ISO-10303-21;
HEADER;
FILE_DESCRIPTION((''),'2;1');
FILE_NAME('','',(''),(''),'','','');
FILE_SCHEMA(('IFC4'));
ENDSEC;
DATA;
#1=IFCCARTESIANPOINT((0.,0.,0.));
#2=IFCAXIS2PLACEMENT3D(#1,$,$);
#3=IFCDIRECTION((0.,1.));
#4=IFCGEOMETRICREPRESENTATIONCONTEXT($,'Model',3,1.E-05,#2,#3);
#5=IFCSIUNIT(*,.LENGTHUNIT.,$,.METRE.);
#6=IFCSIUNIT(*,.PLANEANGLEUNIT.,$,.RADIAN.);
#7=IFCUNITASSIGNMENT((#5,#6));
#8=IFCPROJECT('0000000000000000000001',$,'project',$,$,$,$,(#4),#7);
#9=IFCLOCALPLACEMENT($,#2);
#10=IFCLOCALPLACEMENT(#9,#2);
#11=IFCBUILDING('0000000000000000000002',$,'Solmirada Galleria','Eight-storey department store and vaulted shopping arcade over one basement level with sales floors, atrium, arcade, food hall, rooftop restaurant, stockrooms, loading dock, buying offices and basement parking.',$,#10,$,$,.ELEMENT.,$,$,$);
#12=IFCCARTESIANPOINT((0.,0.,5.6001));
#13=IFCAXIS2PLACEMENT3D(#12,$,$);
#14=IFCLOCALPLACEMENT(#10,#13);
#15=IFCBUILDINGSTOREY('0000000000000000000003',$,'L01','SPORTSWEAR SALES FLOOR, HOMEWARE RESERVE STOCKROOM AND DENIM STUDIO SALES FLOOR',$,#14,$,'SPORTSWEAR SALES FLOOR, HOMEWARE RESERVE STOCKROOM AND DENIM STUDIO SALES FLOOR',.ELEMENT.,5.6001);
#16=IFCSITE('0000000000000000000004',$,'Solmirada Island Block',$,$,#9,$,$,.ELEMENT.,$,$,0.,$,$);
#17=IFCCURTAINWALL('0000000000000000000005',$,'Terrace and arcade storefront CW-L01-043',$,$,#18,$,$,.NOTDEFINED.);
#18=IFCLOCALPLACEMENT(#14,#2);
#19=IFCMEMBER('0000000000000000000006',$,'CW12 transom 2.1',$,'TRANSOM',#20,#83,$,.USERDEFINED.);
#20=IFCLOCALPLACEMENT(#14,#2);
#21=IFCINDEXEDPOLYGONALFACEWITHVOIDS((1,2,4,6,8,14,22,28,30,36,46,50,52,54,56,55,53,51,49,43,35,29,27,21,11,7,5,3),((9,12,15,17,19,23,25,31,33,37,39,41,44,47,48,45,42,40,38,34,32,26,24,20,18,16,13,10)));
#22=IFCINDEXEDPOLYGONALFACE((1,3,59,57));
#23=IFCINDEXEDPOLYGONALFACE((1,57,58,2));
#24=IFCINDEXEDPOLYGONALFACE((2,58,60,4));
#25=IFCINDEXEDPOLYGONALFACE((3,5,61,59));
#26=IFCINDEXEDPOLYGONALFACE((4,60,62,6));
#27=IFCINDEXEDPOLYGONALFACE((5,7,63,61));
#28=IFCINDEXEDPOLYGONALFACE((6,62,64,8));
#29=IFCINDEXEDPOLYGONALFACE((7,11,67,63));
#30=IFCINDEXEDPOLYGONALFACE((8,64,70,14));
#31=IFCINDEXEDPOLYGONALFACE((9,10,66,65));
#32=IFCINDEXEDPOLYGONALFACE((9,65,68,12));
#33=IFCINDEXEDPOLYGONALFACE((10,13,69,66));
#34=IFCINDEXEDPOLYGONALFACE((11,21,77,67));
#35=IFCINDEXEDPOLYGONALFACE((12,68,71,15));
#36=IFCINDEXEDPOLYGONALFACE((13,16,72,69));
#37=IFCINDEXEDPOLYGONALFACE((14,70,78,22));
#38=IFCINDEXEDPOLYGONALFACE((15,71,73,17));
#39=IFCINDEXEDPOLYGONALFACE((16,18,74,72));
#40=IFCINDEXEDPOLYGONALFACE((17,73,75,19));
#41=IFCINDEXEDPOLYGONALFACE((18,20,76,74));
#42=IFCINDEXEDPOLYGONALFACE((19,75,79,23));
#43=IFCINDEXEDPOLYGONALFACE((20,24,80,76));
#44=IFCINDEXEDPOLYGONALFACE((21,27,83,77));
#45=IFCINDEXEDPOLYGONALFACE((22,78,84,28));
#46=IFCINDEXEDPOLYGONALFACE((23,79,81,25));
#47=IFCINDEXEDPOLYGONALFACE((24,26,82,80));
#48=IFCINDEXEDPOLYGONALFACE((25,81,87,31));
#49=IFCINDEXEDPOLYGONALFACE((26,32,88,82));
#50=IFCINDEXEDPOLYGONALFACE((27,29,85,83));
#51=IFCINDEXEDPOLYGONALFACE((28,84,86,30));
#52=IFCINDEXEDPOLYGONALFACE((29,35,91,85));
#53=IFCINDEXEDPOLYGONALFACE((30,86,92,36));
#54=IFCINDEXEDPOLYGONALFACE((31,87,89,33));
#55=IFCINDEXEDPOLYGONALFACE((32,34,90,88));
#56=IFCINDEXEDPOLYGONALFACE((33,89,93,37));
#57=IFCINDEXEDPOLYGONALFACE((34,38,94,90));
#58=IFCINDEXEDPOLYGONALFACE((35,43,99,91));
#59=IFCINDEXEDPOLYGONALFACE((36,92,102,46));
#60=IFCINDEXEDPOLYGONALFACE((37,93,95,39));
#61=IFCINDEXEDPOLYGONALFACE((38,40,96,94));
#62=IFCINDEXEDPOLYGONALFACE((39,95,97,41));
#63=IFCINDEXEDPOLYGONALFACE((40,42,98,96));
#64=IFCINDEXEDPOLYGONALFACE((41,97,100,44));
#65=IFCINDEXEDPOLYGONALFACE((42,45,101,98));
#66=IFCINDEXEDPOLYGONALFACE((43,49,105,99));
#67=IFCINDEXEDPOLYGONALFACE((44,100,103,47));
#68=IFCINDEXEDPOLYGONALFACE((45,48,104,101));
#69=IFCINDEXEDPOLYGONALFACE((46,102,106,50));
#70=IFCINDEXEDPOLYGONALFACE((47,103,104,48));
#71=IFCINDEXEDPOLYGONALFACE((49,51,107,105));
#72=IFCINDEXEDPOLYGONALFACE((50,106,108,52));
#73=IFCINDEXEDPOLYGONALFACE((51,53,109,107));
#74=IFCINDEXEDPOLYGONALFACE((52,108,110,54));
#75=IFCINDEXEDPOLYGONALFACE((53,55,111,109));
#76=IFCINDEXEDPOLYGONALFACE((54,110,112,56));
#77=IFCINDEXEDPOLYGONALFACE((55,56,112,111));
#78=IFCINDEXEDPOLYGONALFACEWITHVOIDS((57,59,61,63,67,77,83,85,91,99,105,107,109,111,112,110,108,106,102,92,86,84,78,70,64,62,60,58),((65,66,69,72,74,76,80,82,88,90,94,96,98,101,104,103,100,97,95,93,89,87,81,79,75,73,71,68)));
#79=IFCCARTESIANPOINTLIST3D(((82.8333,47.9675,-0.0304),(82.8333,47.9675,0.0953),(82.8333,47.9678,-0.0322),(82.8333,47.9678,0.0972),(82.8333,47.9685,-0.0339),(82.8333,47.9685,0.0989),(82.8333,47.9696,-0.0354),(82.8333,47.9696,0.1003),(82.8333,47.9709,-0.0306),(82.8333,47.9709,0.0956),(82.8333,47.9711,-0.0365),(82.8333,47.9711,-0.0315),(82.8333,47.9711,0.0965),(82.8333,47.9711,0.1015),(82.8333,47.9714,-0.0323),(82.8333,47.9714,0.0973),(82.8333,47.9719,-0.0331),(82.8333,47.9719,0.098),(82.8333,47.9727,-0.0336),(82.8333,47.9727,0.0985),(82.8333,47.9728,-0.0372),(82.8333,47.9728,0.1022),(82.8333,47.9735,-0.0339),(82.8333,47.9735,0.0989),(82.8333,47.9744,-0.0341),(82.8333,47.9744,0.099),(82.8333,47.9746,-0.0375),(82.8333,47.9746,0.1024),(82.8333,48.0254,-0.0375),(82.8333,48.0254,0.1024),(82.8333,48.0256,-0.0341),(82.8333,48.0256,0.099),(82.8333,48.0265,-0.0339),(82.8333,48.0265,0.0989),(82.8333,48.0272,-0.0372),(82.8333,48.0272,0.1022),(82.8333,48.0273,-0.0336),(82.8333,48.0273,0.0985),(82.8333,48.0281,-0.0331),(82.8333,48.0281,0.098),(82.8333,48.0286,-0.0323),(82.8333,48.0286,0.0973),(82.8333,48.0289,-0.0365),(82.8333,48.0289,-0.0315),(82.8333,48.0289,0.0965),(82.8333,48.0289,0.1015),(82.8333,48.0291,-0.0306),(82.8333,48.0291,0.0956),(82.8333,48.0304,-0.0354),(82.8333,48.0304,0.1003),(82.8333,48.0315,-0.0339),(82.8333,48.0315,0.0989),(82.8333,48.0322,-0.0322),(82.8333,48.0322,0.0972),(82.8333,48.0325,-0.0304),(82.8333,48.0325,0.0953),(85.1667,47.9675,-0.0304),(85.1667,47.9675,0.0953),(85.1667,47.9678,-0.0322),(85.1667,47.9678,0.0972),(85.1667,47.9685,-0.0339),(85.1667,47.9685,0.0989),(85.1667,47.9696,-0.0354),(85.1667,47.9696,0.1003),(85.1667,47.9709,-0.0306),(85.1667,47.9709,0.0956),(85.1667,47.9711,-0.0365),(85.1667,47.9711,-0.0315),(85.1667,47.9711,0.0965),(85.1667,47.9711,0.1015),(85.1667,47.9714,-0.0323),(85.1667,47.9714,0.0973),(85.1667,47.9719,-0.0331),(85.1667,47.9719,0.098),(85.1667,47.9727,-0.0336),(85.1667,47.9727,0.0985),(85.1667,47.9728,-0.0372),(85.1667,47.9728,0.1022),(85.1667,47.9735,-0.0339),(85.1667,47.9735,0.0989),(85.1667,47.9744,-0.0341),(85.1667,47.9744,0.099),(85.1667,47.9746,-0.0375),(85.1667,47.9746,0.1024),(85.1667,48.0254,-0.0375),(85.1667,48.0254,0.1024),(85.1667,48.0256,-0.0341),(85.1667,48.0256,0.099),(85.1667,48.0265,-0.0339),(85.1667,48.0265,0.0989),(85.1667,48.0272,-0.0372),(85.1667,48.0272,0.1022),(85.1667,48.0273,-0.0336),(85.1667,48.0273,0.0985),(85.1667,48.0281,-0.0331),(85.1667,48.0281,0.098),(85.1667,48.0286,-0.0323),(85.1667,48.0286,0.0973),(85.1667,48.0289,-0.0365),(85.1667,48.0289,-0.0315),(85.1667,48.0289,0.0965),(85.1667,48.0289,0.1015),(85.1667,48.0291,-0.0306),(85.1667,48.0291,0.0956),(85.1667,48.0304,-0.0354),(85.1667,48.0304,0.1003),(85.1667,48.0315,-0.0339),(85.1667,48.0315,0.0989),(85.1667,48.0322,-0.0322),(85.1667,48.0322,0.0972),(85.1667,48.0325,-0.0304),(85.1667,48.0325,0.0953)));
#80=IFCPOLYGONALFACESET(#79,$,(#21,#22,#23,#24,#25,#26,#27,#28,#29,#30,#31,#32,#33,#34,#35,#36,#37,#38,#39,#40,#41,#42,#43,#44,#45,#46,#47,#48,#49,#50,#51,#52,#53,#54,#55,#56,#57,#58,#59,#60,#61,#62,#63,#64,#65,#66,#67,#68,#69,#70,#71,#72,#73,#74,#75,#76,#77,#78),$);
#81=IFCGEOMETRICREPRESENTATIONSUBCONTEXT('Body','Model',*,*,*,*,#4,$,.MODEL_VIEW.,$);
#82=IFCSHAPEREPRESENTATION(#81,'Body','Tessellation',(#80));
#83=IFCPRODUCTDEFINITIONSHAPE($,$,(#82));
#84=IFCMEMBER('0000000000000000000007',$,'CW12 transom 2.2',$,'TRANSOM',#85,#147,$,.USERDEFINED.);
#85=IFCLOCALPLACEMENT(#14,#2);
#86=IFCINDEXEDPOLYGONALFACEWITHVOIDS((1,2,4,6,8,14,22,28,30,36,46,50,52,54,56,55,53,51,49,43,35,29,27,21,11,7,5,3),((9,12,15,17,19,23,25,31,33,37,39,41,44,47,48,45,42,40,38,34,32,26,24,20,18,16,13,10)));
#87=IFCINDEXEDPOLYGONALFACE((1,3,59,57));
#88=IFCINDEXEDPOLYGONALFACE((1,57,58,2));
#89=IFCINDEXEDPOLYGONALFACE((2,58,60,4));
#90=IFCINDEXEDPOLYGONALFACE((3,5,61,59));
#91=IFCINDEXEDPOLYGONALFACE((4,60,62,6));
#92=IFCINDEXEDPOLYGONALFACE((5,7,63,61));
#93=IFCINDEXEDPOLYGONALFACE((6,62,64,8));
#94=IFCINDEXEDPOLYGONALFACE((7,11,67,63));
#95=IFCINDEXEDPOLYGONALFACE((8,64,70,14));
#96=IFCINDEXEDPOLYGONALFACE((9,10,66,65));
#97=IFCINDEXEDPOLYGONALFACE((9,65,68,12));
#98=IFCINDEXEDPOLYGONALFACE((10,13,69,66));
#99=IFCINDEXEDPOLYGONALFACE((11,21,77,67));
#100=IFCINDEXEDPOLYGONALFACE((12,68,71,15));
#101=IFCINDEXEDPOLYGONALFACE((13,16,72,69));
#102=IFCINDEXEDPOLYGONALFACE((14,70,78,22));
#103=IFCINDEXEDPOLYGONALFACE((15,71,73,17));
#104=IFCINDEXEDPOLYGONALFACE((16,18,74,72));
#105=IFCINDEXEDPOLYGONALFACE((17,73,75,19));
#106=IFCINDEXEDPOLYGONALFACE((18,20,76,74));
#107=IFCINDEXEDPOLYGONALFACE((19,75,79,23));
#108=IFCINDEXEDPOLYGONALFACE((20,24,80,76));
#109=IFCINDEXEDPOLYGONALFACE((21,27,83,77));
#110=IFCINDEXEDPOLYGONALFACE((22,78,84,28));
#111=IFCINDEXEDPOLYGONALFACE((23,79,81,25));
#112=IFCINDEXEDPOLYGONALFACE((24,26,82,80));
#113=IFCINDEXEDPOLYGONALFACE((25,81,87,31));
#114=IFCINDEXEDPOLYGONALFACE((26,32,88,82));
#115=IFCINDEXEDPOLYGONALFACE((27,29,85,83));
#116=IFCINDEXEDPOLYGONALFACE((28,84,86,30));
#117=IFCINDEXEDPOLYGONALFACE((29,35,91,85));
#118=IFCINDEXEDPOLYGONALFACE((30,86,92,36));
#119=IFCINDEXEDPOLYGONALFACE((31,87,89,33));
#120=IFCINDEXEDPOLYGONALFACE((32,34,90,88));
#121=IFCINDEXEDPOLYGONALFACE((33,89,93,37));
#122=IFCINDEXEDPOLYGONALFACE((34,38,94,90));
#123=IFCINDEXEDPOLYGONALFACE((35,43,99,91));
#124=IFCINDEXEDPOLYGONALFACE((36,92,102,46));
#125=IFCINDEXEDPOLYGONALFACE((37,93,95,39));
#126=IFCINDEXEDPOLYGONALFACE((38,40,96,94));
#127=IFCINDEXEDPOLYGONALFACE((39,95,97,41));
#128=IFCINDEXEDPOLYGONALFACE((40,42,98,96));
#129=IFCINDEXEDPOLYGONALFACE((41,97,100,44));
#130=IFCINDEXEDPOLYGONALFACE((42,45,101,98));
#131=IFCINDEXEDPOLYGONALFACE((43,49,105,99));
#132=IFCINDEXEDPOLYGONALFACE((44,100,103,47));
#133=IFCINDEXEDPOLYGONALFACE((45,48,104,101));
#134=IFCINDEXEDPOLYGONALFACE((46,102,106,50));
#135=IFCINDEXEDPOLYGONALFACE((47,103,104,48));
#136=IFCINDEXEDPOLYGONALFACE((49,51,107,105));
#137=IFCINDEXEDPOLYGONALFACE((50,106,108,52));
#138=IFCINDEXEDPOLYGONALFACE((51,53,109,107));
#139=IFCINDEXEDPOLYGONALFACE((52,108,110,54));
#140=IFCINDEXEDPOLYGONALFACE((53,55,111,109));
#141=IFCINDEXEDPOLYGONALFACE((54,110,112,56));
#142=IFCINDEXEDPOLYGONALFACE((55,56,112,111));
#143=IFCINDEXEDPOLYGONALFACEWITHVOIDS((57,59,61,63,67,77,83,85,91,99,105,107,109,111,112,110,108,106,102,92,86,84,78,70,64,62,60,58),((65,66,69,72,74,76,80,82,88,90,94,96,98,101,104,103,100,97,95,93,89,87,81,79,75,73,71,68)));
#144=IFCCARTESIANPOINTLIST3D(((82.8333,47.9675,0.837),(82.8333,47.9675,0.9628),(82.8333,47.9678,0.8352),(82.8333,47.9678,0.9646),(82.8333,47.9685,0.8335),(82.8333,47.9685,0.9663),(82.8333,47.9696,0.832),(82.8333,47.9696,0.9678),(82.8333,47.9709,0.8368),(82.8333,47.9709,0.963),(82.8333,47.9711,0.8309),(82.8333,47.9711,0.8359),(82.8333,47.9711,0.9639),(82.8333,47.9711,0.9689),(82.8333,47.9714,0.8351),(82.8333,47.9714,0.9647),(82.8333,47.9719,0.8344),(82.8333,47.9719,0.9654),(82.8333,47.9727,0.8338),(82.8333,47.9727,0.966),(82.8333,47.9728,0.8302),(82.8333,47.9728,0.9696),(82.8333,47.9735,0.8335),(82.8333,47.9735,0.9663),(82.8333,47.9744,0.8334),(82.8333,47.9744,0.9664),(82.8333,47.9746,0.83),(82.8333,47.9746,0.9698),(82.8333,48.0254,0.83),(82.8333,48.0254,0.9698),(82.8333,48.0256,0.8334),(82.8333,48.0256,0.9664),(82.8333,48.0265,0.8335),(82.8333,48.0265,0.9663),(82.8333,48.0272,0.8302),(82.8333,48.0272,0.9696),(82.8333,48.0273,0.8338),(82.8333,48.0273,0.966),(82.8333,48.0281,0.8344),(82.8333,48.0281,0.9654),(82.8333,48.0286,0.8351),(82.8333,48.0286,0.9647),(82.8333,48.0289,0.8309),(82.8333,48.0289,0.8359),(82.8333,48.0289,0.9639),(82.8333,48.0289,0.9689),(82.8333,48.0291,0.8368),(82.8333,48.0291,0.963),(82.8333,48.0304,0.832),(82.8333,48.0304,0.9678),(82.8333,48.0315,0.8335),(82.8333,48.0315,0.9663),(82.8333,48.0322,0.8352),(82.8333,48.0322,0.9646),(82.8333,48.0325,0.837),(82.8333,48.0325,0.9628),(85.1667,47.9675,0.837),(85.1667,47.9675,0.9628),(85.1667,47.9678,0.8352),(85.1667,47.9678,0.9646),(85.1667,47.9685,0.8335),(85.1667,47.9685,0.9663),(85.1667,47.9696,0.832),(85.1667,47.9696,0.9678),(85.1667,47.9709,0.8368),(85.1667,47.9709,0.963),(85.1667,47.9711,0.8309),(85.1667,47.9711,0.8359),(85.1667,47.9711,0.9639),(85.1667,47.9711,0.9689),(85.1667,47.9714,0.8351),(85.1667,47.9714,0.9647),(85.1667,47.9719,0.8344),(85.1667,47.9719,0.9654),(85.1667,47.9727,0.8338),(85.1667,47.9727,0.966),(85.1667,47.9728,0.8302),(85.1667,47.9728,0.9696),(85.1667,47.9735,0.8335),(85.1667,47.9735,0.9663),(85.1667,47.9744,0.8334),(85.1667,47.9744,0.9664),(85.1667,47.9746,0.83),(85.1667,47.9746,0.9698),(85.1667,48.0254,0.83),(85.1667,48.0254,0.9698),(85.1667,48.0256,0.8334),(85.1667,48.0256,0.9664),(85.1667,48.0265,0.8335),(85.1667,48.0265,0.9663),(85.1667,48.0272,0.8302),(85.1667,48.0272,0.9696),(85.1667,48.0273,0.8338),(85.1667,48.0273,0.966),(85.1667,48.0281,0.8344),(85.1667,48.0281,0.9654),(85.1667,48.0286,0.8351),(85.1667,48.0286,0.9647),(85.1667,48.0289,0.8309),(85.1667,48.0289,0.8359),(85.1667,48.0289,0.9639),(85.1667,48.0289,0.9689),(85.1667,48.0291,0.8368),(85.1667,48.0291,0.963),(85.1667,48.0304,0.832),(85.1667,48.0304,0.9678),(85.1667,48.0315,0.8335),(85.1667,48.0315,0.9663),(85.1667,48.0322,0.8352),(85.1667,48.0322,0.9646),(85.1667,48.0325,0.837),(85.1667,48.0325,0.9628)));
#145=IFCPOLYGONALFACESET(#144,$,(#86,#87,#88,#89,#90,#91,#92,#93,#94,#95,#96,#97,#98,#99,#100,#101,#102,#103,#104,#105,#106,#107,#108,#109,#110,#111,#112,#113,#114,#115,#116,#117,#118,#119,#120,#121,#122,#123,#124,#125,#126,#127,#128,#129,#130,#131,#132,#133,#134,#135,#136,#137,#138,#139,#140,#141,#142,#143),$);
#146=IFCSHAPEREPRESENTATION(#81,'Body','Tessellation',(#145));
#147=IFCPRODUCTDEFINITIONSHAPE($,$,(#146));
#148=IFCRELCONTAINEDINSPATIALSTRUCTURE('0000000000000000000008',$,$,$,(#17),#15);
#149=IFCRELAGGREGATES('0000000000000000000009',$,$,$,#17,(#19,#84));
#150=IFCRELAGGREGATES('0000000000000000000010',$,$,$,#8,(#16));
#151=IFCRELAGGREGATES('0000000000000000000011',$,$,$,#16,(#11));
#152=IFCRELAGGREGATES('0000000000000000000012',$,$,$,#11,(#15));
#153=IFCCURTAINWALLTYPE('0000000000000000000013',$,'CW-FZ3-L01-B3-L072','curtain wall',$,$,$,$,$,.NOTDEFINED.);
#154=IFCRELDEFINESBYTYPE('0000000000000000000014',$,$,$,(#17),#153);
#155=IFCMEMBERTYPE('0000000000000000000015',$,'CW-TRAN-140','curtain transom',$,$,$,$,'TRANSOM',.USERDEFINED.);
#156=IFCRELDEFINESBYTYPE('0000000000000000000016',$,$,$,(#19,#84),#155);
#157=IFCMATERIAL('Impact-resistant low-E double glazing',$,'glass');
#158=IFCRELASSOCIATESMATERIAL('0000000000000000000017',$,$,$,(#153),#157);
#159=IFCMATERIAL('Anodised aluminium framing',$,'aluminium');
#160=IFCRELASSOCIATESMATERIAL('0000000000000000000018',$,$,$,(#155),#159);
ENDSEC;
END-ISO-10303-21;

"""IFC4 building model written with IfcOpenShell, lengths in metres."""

from ifc_helpers import new_model, si_unit, direction, frame, origin, origin_2d, place, context, subcontext, project, spatial, hollow_rectangle, extrude, material, material_profile, profile_set, type_object, element, aggregate, save


model = new_model("IFC4")

# Units and contexts
model_context = context("Model", 3, precision=1e-05, world=origin(), true_north=direction((0.0, 1.0)))
body_context = subcontext(model_context, "Body", "Model", "MODEL_VIEW")
ifc_project = project(units=[si_unit("LENGTHUNIT", "METRE"), si_unit("PLANEANGLEUNIT", "RADIAN")], contexts=[model_context])

# Site, building, storey
site_placement = place(None, origin())
site = spatial("IfcSite", under=ifc_project, at=site_placement, Name="Solmirada Island Block", CompositionType="ELEMENT", RefElevation=0.0)
building_placement = place(site_placement, origin())
building = spatial("IfcBuilding", under=site, at=building_placement, Name="Solmirada Galleria", Description="Eight-storey department store and vaulted shopping arcade over one basement level with sales floors, atrium, arcade, food hall, rooftop restaurant, stockrooms, loading dock, buying offices and basement parking.", CompositionType="ELEMENT")
storey_placement = place(building_placement, frame((0.0, 0.0, 5.6001)))
storey = spatial("IfcBuildingStorey", under=building, at=storey_placement, Name="L01", Description="SPORTSWEAR SALES FLOOR, HOMEWARE RESERVE STOCKROOM AND DENIM STUDIO SALES FLOOR", LongName="SPORTSWEAR SALES FLOOR, HOMEWARE RESERVE STOCKROOM AND DENIM STUDIO SALES FLOOR", CompositionType="ELEMENT", Elevation=5.6001)

# Curtain wall
ifc_material_1 = material(Name="Impact-resistant low-E double glazing", Category="glass")
curtain_wall_type = type_object("IfcCurtainWallType", Name="CW-FZ3-L01-B3-L072", Description="curtain wall", PredefinedType="NOTDEFINED", material=ifc_material_1)
curtain_wall_1_placement = place(storey_placement, origin())
curtain_wall_1 = element("IfcCurtainWall", 1, at=curtain_wall_1_placement, inside=storey, type_object=curtain_wall_type, Name="Terrace and arcade storefront CW-L01-043", PredefinedType="NOTDEFINED")
ifc_material_2 = material(Name="Anodised aluminium framing", Category="aluminium")

# Members
ifc_material_profile_1 = material_profile(ifc_material_2, hollow_rectangle(XDim=0.0649, YDim=0.1399, WallThickness=0.0034, InnerFilletRadius=0.0034, OuterFilletRadius=0.0071, at=origin_2d()), Name="ALU-TRAN-140X65")
ifc_profile_set_1 = profile_set([ifc_material_profile_1], Name="Anodised aluminium framing")
member_type_1 = type_object("IfcMemberType", Name="CW-TRAN-140", Description="curtain transom", ElementType="TRANSOM", PredefinedType="USERDEFINED", material=ifc_profile_set_1)
member_1_placement = place(storey_placement, frame((85.1667, 48.0, 0.0325), z_axis=(-1.0, 0.0, 0.0), x_axis=(0.0, -1.0, 0.0)))
member_1 = element("IfcMember", 2, at=member_1_placement, type_object=member_type_1, Name="CW12 transom 2.1", ObjectType="TRANSOM", PredefinedType="USERDEFINED", context=body_context, shape_type="SweptSolid", body=[
    extrude(hollow_rectangle(XDim=0.0649, YDim=0.1399, WallThickness=0.0034, InnerFilletRadius=0.0034, OuterFilletRadius=0.0071, at=origin_2d()), origin(), (0.0, 0.0, 1.0), 2.3335),
])
member_2_placement = place(storey_placement, frame((85.1667, 48.0, 0.8999), z_axis=(-1.0, 0.0, 0.0), x_axis=(0.0, -1.0, 0.0)))
member_2 = element("IfcMember", 3, at=member_2_placement, type_object=member_type_1, Name="CW12 transom 2.2", ObjectType="TRANSOM", PredefinedType="USERDEFINED", context=body_context, shape_type="SweptSolid", body=[
    extrude(hollow_rectangle(XDim=0.0649, YDim=0.1399, WallThickness=0.0034, InnerFilletRadius=0.0034, OuterFilletRadius=0.0071, at=origin_2d()), origin(), (0.0, 0.0, 1.0), 2.3335),
])

aggregate(curtain_wall_1, [member_1, member_2])

save(model, "model.ifc")
